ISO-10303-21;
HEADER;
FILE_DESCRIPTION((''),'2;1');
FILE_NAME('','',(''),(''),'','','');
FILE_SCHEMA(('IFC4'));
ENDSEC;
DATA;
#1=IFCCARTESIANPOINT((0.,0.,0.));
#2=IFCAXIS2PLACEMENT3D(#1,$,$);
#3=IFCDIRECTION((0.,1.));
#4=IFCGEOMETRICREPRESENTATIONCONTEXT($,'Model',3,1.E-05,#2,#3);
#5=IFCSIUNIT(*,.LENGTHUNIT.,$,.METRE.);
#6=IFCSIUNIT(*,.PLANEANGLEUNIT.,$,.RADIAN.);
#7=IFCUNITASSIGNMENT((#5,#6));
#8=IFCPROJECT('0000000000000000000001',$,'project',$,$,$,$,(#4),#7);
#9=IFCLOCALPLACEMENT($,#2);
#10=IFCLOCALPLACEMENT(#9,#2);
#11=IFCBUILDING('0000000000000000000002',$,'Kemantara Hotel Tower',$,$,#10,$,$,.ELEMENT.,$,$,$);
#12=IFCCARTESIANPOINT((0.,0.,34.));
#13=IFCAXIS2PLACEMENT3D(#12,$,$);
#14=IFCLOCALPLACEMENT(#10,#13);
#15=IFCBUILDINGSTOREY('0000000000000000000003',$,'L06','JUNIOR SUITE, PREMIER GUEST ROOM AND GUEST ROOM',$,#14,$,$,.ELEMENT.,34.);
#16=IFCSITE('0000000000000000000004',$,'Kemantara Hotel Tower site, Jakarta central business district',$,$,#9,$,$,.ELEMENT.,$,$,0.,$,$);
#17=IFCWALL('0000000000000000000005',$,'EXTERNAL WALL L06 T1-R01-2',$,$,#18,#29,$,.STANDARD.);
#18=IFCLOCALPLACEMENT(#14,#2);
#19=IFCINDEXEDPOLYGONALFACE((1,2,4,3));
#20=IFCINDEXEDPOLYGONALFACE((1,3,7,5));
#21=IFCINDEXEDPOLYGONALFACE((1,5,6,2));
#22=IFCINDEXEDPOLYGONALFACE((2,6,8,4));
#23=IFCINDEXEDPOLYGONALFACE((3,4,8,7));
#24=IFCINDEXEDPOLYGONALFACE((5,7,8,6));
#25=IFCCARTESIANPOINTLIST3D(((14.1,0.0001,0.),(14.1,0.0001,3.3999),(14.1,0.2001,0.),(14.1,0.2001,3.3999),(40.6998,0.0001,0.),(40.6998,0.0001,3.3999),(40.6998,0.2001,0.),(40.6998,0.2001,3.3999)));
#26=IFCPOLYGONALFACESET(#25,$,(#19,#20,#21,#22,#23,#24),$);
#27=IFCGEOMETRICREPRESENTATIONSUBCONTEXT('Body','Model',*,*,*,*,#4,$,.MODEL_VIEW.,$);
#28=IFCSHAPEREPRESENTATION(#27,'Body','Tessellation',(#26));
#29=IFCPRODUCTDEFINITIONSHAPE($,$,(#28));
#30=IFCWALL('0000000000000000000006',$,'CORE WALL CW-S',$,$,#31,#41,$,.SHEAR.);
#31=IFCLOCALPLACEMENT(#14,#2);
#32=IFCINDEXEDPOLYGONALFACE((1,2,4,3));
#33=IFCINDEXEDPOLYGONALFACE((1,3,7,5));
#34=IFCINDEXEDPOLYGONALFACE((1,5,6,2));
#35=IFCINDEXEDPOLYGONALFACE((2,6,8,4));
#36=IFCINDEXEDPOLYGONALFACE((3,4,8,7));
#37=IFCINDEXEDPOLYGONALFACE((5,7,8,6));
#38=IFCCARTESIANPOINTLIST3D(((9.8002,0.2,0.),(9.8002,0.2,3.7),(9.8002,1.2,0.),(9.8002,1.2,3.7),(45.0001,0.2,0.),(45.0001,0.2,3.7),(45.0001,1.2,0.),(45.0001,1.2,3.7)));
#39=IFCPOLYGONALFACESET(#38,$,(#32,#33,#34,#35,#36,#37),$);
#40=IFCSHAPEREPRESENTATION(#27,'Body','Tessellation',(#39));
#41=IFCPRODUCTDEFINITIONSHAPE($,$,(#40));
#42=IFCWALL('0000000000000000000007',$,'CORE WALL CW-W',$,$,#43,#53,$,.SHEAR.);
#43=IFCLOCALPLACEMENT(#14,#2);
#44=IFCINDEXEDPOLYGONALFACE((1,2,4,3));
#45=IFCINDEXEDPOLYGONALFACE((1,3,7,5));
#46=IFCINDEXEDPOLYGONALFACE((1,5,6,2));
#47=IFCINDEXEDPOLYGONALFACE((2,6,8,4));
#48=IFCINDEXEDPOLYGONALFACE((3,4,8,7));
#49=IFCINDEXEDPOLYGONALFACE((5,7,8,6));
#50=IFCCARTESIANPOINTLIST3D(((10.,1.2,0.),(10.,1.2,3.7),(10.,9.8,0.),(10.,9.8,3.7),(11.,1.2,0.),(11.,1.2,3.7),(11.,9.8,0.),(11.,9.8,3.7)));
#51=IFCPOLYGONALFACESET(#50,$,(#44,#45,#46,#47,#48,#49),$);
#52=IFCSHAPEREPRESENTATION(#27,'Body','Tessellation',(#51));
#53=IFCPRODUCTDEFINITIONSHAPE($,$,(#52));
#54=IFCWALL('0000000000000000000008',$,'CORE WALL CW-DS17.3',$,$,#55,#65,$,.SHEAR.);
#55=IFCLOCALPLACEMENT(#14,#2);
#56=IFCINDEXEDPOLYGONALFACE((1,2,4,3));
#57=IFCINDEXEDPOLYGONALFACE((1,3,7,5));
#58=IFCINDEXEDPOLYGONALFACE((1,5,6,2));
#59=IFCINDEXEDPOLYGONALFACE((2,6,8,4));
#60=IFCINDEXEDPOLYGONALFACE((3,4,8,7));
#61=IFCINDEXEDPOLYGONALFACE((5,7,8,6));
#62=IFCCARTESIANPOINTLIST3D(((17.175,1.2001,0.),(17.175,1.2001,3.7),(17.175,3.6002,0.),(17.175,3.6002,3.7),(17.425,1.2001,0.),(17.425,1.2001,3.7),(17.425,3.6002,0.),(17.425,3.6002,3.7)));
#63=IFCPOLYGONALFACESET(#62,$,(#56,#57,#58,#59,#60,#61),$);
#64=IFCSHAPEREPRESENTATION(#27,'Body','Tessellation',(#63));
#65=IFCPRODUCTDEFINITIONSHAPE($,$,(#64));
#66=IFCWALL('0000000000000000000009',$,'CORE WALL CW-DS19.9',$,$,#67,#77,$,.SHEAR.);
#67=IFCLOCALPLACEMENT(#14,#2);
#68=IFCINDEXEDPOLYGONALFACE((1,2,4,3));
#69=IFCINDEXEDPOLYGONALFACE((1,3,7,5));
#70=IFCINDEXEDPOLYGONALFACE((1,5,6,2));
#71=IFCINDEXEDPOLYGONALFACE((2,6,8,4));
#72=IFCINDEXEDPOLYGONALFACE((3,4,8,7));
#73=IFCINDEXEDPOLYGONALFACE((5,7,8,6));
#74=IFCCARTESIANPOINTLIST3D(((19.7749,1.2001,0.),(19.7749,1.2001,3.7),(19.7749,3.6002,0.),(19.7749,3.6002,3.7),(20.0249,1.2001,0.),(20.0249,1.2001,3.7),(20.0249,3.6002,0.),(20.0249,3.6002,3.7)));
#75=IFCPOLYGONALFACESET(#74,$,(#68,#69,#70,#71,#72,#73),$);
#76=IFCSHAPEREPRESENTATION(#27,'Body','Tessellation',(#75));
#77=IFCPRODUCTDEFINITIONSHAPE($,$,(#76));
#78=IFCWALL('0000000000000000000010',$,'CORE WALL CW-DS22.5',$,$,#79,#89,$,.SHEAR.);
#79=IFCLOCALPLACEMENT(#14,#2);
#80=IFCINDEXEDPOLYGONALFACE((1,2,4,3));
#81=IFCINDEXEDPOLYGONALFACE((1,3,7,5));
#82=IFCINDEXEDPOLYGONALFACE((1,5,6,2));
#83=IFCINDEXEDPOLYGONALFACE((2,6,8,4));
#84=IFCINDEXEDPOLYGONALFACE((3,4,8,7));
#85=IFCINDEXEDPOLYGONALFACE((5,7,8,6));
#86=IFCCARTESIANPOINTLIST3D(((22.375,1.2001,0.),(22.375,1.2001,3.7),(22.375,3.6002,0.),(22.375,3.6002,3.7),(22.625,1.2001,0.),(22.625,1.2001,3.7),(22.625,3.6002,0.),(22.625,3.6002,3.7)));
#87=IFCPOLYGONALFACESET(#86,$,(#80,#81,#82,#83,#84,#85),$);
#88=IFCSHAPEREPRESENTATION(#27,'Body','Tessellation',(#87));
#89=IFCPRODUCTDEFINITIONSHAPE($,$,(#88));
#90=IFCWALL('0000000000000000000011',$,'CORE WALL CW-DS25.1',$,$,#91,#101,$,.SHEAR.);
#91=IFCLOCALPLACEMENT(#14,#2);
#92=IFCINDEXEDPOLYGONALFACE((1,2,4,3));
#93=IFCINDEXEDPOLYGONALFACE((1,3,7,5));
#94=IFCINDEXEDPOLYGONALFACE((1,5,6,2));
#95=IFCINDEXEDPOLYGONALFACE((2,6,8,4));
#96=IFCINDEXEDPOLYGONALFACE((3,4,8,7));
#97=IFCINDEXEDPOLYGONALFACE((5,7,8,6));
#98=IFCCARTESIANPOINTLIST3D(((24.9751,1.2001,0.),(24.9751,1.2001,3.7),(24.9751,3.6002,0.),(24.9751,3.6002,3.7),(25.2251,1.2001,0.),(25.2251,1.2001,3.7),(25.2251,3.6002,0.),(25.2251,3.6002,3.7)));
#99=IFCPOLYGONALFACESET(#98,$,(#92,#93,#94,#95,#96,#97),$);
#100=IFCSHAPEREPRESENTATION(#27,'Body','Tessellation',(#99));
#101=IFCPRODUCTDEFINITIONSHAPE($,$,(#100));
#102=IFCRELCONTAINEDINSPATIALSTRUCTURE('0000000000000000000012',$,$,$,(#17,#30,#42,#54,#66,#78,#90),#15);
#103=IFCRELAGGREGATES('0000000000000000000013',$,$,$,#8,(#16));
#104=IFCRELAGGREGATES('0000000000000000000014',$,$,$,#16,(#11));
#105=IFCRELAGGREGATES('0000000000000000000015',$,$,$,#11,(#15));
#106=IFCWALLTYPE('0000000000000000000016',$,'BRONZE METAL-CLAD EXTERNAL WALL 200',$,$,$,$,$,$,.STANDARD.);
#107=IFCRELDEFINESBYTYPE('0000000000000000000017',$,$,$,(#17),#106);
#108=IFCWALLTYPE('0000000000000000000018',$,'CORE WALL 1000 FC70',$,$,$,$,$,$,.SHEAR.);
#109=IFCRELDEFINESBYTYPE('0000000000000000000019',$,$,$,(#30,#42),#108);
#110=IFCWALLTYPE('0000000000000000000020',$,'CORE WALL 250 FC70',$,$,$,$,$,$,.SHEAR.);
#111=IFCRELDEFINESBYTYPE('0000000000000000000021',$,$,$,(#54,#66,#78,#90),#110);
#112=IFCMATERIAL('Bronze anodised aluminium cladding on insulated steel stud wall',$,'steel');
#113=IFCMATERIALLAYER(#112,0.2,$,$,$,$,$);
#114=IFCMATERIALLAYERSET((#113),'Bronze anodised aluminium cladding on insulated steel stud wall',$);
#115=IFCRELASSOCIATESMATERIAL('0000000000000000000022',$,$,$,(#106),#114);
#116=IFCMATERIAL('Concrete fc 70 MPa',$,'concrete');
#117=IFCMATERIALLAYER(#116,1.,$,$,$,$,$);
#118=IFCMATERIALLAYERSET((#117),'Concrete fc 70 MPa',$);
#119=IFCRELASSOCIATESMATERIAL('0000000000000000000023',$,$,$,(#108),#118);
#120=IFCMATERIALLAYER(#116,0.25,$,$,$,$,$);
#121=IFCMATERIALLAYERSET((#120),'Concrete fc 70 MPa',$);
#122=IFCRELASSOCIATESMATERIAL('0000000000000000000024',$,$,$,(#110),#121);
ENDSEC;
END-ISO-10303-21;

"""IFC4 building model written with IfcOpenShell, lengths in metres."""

from ifc_helpers import new_model, si_unit, direction, frame, frame_2d, origin, place, context, subcontext, project, spatial, rectangle, extrude, material, layer, layer_set, type_object, element, save


model = new_model("IFC4")

# Units and contexts
model_context = context("Model", 3, precision=1e-05, world=origin(), true_north=direction((0.0, 1.0)))
body_context = subcontext(model_context, "Body", "Model", "MODEL_VIEW")
ifc_project = project(units=[si_unit("LENGTHUNIT", "METRE"), si_unit("PLANEANGLEUNIT", "RADIAN")], contexts=[model_context])

# Site, building, storey
site_placement = place(None, origin())
site = spatial("IfcSite", under=ifc_project, at=site_placement, Name="Kemantara Hotel Tower site, Jakarta central business district", CompositionType="ELEMENT", RefElevation=0.0)
building_placement = place(site_placement, origin())
building = spatial("IfcBuilding", under=site, at=building_placement, Name="Kemantara Hotel Tower", CompositionType="ELEMENT")
storey_placement = place(building_placement, frame((0.0, 0.0, 34.0)))
storey = spatial("IfcBuildingStorey", under=building, at=storey_placement, Name="L06", Description="JUNIOR SUITE, PREMIER GUEST ROOM AND GUEST ROOM", CompositionType="ELEMENT", Elevation=34.0)

# Walls
ifc_material_1 = material(Name="Bronze anodised aluminium cladding on insulated steel stud wall", Category="steel")
ifc_layer_1 = layer(ifc_material_1, 0.2)
ifc_layer_set_1 = layer_set([ifc_layer_1], Name="Bronze anodised aluminium cladding on insulated steel stud wall")
wall_type_1 = type_object("IfcWallType", Name="BRONZE METAL-CLAD EXTERNAL WALL 200", PredefinedType="STANDARD", material=ifc_layer_set_1)
wall_1_placement = place(storey_placement, frame((14.1001, 0.1001, 0.0), z_axis=(0.0, 0.0, 1.0), x_axis=(1.0, 0.0, 0.0)))
element("IfcWall", 1, at=wall_1_placement, inside=storey, type_object=wall_type_1, Name="EXTERNAL WALL L06 T1-R01-2", PredefinedType="STANDARD", context=body_context, shape_type="SweptSolid", body=[
    extrude(rectangle(XDim=26.5999, YDim=0.2, at=frame_2d((13.2998, 0.0))), origin(), (0.0, 0.0, 1.0), 3.3999),
])
ifc_material_2 = material(Name="Concrete fc 70 MPa", Category="concrete")
ifc_layer_2 = layer(ifc_material_2, 1.0)
ifc_layer_set_2 = layer_set([ifc_layer_2], Name="Concrete fc 70 MPa")
wall_type_2 = type_object("IfcWallType", Name="CORE WALL 1000 FC70", PredefinedType="SHEAR", material=ifc_layer_set_2)
wall_2_placement = place(storey_placement, frame((9.8, 0.7, 0.0), z_axis=(0.0, 0.0, 1.0), x_axis=(1.0, 0.0, 0.0)))
element("IfcWall", 2, at=wall_2_placement, inside=storey, type_object=wall_type_2, Name="CORE WALL CW-S", PredefinedType="SHEAR", context=body_context, shape_type="SweptSolid", body=[
    extrude(rectangle(XDim=35.2, YDim=1.0, at=frame_2d((17.6001, 0.0))), origin(), (0.0, 0.0, 1.0), 3.7),
])
wall_3_placement = place(storey_placement, frame((10.5, 1.2, 0.0), z_axis=(0.0, 0.0, 1.0), x_axis=(0.0, 1.0, 0.0)))
element("IfcWall", 3, at=wall_3_placement, inside=storey, type_object=wall_type_2, Name="CORE WALL CW-W", PredefinedType="SHEAR", context=body_context, shape_type="SweptSolid", body=[
    extrude(rectangle(XDim=8.6001, YDim=1.0, at=frame_2d((4.3, 0.0))), origin(), (0.0, 0.0, 1.0), 3.7),
])
ifc_layer_3 = layer(ifc_material_2, 0.25)
ifc_layer_set_3 = layer_set([ifc_layer_3], Name="Concrete fc 70 MPa")
wall_type_3 = type_object("IfcWallType", Name="CORE WALL 250 FC70", PredefinedType="SHEAR", material=ifc_layer_set_3)
for number, where, z_axis, x_axis, name in (
    (4, (17.3, 1.2, 0.0), (0.0, 0.0, 1.0), (0.0, 1.0, 0.0), "CORE WALL CW-DS17.3"),
    (5, (19.8999, 1.2, 0.0), (0.0, 0.0, 1.0), (0.0, 1.0, 0.0), "CORE WALL CW-DS19.9"),
    (6, (22.5, 1.2, 0.0), (0.0, 0.0, 1.0), (0.0, 1.0, 0.0), "CORE WALL CW-DS22.5"),
    (7, (25.1001, 1.2, 0.0), (0.0, 0.0, 1.0), (0.0, 1.0, 0.0), "CORE WALL CW-DS25.1"),
):
    element("IfcWall", number, at=place(storey_placement, frame(where, z_axis=z_axis, x_axis=x_axis)), inside=storey, type_object=wall_type_3, Name=name, PredefinedType="SHEAR", context=body_context, shape_type="SweptSolid", body=[
        extrude(rectangle(XDim=2.4001, YDim=0.25, at=frame_2d((1.2002, 0.0))), origin(), (0.0, 0.0, 1.0), 3.7),
    ])

save(model, "model.ifc")
